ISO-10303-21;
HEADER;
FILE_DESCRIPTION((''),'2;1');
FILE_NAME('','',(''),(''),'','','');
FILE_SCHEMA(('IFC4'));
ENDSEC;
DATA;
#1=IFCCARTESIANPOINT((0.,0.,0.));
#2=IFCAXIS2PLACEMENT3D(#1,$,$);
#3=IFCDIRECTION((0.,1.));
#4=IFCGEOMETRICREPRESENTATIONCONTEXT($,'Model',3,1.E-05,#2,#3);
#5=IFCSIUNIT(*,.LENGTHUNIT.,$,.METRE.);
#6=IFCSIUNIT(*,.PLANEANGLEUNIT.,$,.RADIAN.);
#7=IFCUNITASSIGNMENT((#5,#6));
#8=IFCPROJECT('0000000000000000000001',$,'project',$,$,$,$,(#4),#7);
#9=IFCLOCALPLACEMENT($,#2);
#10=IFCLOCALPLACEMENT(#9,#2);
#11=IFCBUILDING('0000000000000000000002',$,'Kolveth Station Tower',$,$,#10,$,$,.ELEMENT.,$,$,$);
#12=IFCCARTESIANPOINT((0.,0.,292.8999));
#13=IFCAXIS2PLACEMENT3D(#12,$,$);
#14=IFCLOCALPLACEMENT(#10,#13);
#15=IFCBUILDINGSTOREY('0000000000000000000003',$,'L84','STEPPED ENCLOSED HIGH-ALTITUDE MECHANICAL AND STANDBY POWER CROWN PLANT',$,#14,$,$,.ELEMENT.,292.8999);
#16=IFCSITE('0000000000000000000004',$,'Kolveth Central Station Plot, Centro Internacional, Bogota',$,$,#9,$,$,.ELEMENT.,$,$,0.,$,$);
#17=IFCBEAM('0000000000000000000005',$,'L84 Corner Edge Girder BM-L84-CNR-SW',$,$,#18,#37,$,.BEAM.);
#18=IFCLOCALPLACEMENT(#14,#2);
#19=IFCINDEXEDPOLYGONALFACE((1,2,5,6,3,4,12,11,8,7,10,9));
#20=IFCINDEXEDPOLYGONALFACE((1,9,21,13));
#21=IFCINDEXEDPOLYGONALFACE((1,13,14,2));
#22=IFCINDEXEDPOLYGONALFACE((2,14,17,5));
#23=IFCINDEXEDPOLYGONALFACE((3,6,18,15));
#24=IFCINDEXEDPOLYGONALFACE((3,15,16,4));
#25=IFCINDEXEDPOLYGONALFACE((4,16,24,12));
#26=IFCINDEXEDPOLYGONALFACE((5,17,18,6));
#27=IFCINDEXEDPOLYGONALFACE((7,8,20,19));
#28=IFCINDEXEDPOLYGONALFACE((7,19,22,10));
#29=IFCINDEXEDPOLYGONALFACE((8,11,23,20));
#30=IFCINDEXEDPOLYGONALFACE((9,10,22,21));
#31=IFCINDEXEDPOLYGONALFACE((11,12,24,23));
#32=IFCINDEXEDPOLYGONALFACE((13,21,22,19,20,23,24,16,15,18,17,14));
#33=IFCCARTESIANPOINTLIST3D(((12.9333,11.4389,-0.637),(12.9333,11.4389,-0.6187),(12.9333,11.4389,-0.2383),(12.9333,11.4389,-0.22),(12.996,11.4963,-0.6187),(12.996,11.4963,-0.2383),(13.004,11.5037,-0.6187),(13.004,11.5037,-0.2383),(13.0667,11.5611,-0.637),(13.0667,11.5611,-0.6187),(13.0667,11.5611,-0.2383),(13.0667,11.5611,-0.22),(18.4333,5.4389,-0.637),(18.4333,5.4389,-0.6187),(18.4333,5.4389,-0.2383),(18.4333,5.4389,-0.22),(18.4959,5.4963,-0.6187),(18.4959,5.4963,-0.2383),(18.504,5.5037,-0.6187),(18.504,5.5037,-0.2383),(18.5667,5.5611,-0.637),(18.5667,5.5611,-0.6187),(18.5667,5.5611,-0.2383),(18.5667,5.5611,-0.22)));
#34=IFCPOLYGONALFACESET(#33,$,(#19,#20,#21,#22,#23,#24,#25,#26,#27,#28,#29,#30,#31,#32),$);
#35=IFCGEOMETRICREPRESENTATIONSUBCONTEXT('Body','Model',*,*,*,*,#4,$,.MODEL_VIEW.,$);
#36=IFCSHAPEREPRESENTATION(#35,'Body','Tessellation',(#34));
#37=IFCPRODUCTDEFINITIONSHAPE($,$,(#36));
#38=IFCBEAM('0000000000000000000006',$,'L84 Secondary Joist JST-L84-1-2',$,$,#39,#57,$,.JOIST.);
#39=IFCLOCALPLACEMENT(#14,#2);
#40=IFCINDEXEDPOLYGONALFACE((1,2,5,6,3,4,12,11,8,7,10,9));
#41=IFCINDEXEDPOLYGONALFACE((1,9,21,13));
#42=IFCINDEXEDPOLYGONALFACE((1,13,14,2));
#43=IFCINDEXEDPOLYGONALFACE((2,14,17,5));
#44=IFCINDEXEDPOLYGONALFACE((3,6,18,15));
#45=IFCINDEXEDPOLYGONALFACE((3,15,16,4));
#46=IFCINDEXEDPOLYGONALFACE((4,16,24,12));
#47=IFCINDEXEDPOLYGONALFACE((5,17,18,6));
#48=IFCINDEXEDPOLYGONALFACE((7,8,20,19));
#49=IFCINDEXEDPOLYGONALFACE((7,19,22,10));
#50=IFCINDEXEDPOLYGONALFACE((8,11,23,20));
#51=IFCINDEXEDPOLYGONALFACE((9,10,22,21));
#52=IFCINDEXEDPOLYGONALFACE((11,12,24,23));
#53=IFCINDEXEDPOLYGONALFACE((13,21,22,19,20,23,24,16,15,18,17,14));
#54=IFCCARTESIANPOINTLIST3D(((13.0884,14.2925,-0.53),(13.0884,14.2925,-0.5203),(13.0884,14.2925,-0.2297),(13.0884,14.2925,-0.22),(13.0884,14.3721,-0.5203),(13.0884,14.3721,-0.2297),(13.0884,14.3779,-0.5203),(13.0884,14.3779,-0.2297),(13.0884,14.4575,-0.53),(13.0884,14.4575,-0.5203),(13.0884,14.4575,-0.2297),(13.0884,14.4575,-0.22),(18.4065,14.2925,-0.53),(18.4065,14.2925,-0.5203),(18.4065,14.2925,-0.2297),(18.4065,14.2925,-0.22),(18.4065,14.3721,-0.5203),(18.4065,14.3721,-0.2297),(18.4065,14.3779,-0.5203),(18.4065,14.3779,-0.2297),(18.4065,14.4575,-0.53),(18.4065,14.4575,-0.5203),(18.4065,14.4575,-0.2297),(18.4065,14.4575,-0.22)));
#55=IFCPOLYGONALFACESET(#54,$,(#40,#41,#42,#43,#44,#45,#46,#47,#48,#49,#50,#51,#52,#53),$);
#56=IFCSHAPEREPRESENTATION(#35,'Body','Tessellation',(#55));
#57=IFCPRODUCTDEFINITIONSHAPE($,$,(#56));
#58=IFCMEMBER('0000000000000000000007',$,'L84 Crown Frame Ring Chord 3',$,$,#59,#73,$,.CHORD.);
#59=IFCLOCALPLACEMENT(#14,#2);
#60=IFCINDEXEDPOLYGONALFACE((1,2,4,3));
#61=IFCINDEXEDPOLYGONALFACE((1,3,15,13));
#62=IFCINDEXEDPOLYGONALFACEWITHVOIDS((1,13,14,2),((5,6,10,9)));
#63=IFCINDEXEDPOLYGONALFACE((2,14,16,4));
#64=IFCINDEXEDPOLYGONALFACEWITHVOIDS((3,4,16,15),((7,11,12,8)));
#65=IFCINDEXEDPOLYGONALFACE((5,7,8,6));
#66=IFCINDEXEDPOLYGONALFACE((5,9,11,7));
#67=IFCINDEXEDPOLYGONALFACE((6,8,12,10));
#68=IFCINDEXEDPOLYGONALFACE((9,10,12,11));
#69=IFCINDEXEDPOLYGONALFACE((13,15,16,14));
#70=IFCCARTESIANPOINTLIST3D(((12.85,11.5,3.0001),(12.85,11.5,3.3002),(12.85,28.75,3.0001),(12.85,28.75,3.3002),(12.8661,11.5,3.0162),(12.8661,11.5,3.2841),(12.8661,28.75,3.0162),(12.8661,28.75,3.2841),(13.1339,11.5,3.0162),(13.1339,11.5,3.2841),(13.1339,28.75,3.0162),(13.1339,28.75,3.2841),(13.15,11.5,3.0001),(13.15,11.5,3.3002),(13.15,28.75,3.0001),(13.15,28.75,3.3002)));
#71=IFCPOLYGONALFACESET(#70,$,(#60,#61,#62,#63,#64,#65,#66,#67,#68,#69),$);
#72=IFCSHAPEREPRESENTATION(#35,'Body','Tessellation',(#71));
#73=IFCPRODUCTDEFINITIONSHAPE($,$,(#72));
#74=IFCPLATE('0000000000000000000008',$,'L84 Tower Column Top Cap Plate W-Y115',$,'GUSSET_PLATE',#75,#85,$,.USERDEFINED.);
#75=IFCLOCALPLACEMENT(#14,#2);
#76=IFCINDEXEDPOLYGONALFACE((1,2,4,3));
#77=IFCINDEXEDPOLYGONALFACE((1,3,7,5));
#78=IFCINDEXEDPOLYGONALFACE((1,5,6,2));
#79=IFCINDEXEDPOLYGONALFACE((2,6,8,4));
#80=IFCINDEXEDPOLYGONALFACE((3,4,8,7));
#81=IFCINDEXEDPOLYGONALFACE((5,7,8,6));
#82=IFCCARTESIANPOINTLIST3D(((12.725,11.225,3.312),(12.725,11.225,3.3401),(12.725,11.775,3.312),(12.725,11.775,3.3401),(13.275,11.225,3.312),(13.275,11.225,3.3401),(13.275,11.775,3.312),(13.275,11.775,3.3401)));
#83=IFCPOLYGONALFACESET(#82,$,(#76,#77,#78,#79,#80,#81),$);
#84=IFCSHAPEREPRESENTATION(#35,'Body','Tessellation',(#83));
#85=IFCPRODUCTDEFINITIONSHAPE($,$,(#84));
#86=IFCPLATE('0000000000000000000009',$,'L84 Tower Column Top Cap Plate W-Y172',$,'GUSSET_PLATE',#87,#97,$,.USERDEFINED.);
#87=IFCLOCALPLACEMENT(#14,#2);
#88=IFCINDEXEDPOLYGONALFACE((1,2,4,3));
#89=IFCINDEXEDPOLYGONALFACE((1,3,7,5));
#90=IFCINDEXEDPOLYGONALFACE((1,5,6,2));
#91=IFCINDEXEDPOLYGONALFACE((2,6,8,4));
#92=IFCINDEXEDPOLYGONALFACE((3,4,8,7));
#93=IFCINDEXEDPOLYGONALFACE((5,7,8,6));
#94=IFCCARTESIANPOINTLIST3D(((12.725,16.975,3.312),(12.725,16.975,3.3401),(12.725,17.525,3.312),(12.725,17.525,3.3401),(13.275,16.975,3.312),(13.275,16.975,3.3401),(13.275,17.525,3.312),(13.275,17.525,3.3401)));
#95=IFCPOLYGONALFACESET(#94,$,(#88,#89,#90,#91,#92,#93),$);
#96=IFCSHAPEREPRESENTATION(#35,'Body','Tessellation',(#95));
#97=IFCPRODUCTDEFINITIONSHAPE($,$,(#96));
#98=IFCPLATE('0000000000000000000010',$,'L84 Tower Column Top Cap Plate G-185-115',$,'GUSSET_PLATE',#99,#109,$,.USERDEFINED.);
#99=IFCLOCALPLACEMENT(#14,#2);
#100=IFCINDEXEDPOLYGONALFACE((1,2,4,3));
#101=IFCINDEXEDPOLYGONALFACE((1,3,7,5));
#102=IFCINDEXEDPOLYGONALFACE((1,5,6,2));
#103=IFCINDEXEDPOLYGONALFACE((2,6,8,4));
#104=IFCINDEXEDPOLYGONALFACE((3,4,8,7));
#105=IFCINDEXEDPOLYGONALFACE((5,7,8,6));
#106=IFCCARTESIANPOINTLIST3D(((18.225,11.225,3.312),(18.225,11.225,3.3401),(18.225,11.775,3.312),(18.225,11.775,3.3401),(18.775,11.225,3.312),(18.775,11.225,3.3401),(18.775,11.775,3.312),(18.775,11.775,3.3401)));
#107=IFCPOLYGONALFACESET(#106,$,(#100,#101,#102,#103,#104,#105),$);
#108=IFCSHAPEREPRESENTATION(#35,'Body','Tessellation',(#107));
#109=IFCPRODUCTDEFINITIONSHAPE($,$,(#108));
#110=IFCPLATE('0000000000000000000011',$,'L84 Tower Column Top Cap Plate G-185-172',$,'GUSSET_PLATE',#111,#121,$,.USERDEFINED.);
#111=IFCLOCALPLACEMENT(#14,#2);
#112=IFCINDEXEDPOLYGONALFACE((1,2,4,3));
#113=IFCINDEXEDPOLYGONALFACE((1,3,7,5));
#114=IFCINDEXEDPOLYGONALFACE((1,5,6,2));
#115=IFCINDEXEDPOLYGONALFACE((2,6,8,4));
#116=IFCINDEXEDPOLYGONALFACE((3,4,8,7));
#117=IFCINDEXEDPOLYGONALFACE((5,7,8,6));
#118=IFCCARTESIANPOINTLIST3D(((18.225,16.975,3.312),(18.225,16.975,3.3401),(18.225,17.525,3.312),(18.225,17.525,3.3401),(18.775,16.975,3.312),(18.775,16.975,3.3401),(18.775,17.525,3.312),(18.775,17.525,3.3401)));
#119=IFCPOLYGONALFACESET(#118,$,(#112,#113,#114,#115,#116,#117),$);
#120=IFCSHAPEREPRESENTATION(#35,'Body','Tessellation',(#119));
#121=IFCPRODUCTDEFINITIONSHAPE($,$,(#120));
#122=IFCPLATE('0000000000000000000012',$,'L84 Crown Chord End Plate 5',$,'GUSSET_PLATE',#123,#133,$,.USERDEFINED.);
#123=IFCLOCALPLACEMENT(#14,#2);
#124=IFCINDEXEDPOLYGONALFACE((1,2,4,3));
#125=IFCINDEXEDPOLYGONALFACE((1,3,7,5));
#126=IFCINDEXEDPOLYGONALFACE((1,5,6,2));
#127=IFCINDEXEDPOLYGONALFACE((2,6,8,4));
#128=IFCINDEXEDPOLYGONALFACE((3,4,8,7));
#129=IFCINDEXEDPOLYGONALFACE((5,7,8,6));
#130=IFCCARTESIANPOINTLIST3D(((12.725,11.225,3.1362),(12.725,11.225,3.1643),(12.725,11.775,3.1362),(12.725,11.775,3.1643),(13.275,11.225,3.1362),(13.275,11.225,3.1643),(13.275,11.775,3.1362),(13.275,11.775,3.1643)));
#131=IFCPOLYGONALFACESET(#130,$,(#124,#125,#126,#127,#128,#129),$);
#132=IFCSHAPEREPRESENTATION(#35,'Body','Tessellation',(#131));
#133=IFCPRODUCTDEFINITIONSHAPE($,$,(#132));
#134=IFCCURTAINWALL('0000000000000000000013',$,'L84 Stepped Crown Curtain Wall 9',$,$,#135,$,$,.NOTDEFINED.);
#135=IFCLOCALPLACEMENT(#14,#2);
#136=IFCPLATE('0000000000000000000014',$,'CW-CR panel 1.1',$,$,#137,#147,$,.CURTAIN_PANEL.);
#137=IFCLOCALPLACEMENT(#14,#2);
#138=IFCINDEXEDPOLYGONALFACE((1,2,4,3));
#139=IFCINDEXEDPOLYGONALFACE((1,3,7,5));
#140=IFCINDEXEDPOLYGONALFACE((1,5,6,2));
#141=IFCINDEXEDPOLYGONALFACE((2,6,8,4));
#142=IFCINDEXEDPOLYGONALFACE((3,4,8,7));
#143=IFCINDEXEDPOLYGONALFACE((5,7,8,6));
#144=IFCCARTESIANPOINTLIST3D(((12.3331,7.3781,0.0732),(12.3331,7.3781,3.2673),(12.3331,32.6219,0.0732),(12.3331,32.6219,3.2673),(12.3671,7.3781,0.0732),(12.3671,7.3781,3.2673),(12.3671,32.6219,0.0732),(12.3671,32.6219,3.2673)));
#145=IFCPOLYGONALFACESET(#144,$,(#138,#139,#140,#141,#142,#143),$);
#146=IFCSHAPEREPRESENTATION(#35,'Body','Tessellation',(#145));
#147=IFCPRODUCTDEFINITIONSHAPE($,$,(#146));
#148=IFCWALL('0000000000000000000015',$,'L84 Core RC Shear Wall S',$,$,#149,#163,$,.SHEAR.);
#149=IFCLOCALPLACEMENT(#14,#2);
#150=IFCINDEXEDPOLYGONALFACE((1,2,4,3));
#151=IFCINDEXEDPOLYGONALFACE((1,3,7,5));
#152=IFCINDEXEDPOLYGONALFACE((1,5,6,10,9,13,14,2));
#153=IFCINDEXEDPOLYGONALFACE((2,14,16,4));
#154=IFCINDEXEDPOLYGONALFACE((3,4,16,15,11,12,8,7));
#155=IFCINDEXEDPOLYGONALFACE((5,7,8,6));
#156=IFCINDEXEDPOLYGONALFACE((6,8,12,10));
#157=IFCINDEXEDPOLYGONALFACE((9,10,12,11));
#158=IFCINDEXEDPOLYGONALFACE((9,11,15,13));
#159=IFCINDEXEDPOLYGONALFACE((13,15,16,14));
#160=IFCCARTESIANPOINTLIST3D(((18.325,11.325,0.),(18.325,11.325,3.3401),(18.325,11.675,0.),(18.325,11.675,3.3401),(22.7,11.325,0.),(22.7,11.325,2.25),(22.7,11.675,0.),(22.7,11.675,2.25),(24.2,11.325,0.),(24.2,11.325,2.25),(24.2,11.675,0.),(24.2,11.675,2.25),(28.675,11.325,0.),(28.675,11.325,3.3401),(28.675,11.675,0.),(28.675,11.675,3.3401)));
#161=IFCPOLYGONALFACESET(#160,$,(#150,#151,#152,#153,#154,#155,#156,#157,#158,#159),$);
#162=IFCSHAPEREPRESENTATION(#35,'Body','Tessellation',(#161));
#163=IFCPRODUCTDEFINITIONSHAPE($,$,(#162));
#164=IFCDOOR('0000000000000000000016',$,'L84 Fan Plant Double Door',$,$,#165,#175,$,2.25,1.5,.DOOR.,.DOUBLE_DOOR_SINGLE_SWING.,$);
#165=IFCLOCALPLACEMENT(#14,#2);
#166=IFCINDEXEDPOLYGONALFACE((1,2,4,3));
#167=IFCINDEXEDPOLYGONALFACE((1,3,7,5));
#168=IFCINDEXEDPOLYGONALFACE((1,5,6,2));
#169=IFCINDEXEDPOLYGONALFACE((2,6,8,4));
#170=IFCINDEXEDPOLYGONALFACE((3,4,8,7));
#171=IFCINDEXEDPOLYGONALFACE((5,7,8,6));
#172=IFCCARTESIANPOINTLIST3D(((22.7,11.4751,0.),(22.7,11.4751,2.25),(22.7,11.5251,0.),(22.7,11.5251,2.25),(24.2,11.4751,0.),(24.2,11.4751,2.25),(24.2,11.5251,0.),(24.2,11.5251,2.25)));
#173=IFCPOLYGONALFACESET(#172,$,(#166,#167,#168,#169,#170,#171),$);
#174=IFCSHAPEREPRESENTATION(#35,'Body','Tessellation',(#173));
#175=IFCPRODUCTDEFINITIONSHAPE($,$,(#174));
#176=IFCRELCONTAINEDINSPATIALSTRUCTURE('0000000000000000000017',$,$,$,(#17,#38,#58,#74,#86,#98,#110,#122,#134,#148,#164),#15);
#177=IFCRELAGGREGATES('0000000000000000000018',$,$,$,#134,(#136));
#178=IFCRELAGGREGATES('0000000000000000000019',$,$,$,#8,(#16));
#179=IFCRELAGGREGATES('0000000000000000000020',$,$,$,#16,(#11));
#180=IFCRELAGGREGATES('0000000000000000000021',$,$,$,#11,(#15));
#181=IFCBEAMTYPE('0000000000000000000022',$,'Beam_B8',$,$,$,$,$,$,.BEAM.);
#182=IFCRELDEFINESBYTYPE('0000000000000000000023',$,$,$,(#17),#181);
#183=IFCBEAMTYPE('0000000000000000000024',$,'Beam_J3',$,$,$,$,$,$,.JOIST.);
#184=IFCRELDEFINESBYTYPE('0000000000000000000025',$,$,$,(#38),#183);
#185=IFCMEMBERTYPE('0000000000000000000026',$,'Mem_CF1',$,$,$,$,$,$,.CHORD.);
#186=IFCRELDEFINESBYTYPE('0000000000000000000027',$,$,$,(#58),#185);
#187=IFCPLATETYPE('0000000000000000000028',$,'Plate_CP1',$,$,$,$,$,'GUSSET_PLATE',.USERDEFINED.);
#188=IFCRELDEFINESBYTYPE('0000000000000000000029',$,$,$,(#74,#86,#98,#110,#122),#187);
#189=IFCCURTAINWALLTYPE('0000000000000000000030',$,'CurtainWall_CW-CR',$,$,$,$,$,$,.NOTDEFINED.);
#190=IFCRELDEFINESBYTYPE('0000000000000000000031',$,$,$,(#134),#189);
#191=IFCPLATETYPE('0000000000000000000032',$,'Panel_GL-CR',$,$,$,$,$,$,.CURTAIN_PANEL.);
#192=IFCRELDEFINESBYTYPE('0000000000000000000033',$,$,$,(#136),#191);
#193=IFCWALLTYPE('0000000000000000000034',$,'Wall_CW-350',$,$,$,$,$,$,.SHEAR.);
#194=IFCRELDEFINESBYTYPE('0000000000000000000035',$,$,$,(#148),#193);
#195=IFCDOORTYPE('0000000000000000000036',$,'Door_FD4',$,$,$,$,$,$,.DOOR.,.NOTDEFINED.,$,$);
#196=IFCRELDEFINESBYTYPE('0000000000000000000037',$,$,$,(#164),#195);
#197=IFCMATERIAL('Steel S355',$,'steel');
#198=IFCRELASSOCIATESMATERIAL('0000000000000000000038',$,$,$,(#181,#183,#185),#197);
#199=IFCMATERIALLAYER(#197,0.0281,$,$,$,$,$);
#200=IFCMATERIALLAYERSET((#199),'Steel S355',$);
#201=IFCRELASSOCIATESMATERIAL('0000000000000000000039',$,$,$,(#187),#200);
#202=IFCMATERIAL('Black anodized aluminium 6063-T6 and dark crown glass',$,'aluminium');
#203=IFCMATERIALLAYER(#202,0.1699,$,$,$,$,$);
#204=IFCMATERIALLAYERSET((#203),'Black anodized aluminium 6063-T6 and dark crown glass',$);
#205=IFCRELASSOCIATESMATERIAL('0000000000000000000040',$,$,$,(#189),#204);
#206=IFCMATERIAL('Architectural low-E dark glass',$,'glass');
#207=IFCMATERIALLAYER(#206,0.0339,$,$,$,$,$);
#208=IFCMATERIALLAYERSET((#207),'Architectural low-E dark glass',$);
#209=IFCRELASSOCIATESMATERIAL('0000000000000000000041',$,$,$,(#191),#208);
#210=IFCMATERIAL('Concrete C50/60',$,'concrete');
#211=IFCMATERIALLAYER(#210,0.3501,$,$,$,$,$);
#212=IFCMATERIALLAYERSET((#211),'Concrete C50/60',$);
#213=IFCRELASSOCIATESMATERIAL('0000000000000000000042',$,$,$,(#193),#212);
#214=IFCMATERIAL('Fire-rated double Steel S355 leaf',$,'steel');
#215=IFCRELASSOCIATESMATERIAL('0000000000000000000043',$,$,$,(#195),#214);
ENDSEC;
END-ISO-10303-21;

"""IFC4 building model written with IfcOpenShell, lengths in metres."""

from ifc_helpers import new_model, si_unit, direction, frame, frame_2d, origin, origin_2d, place, context, subcontext, project, spatial, rectangle, hollow_rectangle, i_section, extrude, source, transform, mapped, material, layer, layer_set, material_profile, profile_set, type_object, element, fill, aggregate, save


model = new_model("IFC4")

# Units and contexts
model_context = context("Model", 3, precision=1e-05, world=origin(), true_north=direction((0.0, 1.0)))
body_context = subcontext(model_context, "Body", "Model", "MODEL_VIEW")
ifc_project = project(units=[si_unit("LENGTHUNIT", "METRE"), si_unit("PLANEANGLEUNIT", "RADIAN")], contexts=[model_context])

# Site, building, storey
site_placement = place(None, origin())
site = spatial("IfcSite", under=ifc_project, at=site_placement, Name="Kolveth Central Station Plot, Centro Internacional, Bogota", CompositionType="ELEMENT", RefElevation=0.0)
building_placement = place(site_placement, origin())
building = spatial("IfcBuilding", under=site, at=building_placement, Name="Kolveth Station Tower", CompositionType="ELEMENT")
storey_placement = place(building_placement, frame((0.0, 0.0, 292.8999)))
storey = spatial("IfcBuildingStorey", under=building, at=storey_placement, Name="L84", Description="STEPPED ENCLOSED HIGH-ALTITUDE MECHANICAL AND STANDBY POWER CROWN PLANT", CompositionType="ELEMENT", Elevation=292.8999)

# Shared definitions
ifc_material_1 = material(Name="Steel S355", Category="steel")

# Beams
ifc_material_profile_1 = material_profile(ifc_material_1, i_section(OverallWidth=0.1809, OverallDepth=0.417, WebThickness=0.011, FlangeThickness=0.0183, at=origin_2d()), Name="W410x85")
ifc_profile_set_1 = profile_set([ifc_material_profile_1], Name="Steel S355")
beam_type_1 = type_object("IfcBeamType", Name="Beam_B8", PredefinedType="BEAM", material=ifc_profile_set_1)
ifc_material_profile_2 = material_profile(ifc_material_1, i_section(OverallWidth=0.165, OverallDepth=0.3101, WebThickness=0.0059, FlangeThickness=0.0098, at=origin_2d()), Name="W310x39")
ifc_profile_set_2 = profile_set([ifc_material_profile_2], Name="Steel S355")
beam_type_2 = type_object("IfcBeamType", Name="Beam_J3", PredefinedType="JOIST", material=ifc_profile_set_2)
shared_shape_1 = source(origin(), body_context, "Body", "SweptSolid", [
    extrude(i_section(OverallWidth=0.1809, OverallDepth=0.417, WebThickness=0.011, FlangeThickness=0.0183, at=origin_2d()), origin(), (0.0, 0.0, 1.0), 8.1394),
])
beam_1_placement = place(storey_placement, frame((13.0, 11.5, -0.4285), z_axis=(0.675725, -0.737154, 0.0), x_axis=(0.737154, 0.675725, 0.0)))
element("IfcBeam", 1, at=beam_1_placement, inside=storey, type_object=beam_type_1, Name="L84 Corner Edge Girder BM-L84-CNR-SW", PredefinedType="BEAM", context=body_context, shape_type="MappedRepresentation", body=[
    mapped(shared_shape_1, transform((0.0, 0.0, 0.0), x_axis=(1.0, 0.0, 0.0), y_axis=(0.0, 1.0, 0.0), z_axis=(0.0, 0.0, 1.0), scale=1.0)),
])
shared_shape_2 = source(origin(), body_context, "Body", "SweptSolid", [
    extrude(i_section(OverallWidth=0.165, OverallDepth=0.3101, WebThickness=0.0059, FlangeThickness=0.0098, at=origin_2d()), origin(), (0.0, 0.0, 1.0), 5.3181),
])
beam_2_placement = place(storey_placement, frame((13.0884, 14.375, -0.375), z_axis=(1.0, 0.0, 0.0), x_axis=(0.0, 1.0, 0.0)))
element("IfcBeam", 2, at=beam_2_placement, inside=storey, type_object=beam_type_2, Name="L84 Secondary Joist JST-L84-1-2", PredefinedType="JOIST", context=body_context, shape_type="MappedRepresentation", body=[
    mapped(shared_shape_2, transform((0.0, 0.0, 0.0), x_axis=(1.0, 0.0, 0.0), y_axis=(0.0, 1.0, 0.0), z_axis=(0.0, 0.0, 1.0), scale=1.0)),
])

# Member
ifc_material_profile_3 = material_profile(ifc_material_1, hollow_rectangle(XDim=0.3, YDim=0.3, WallThickness=0.0161, at=origin_2d()), Name="CROWN-HSS300x300x16")
ifc_profile_set_3 = profile_set([ifc_material_profile_3], Name="Steel S355")
member_type = type_object("IfcMemberType", Name="Mem_CF1", PredefinedType="CHORD", material=ifc_profile_set_3)
shared_shape_3 = source(origin(), body_context, "Body", "SweptSolid", [
    extrude(hollow_rectangle(XDim=0.3, YDim=0.3, WallThickness=0.0161, at=origin_2d()), origin(), (0.0, 0.0, 1.0), 17.25),
])
member_placement = place(storey_placement, frame((13.0, 11.5, 3.1501), z_axis=(0.0, 1.0, 0.0), x_axis=(-1.0, 0.0, 0.0)))
element("IfcMember", 3, at=member_placement, inside=storey, type_object=member_type, Name="L84 Crown Frame Ring Chord 3", PredefinedType="CHORD", context=body_context, shape_type="MappedRepresentation", body=[
    mapped(shared_shape_3, transform((0.0, 0.0, 0.0), x_axis=(1.0, 0.0, 0.0), y_axis=(0.0, 1.0, 0.0), z_axis=(0.0, 0.0, 1.0), scale=1.0)),
])

# Plates
ifc_layer_1 = layer(ifc_material_1, 0.0281)
ifc_layer_set_1 = layer_set([ifc_layer_1], Name="Steel S355")
plate_type_1 = type_object("IfcPlateType", Name="Plate_CP1", ElementType="GUSSET_PLATE", PredefinedType="USERDEFINED", material=ifc_layer_set_1)
shared_shape_4 = source(origin(), body_context, "Body", "SweptSolid", [
    extrude(rectangle(XDim=0.55, YDim=0.55, at=origin_2d()), origin(), (0.0, 0.0, 1.0), 0.0281),
])
for number, where, z_axis, x_axis, name in (
    (4, (13.0, 11.5, 3.312), (0.0, 0.0, 1.0), (1.0, 0.0, 0.0), "L84 Tower Column Top Cap Plate W-Y115"),
    (5, (13.0, 17.25, 3.312), (0.0, 0.0, 1.0), (1.0, 0.0, 0.0), "L84 Tower Column Top Cap Plate W-Y172"),
    (6, (18.5, 11.5, 3.312), (0.0, 0.0, 1.0), (1.0, 0.0, 0.0), "L84 Tower Column Top Cap Plate G-185-115"),
    (7, (18.5, 17.25, 3.312), (0.0, 0.0, 1.0), (1.0, 0.0, 0.0), "L84 Tower Column Top Cap Plate G-185-172"),
    (8, (13.0, 11.5, 3.1362), (0.0, 0.0, 1.0), (1.0, 0.0, 0.0), "L84 Crown Chord End Plate 5"),
):
    element("IfcPlate", number, at=place(storey_placement, frame(where, z_axis=z_axis, x_axis=x_axis)), inside=storey, type_object=plate_type_1, Name=name, ObjectType="GUSSET_PLATE", PredefinedType="USERDEFINED", context=body_context, shape_type="MappedRepresentation", body=[
        mapped(shared_shape_4, transform((0.0, 0.0, 0.0), x_axis=(1.0, 0.0, 0.0), y_axis=(0.0, 1.0, 0.0), z_axis=(0.0, 0.0, 1.0), scale=1.0)),
    ])

# Curtain wall, plate
ifc_material_2 = material(Name="Black anodized aluminium 6063-T6 and dark crown glass", Category="aluminium")
ifc_layer_2 = layer(ifc_material_2, 0.1699)
ifc_layer_set_2 = layer_set([ifc_layer_2], Name="Black anodized aluminium 6063-T6 and dark crown glass")
curtain_wall_type = type_object("IfcCurtainWallType", Name="CurtainWall_CW-CR", PredefinedType="NOTDEFINED", material=ifc_layer_set_2)
curtain_wall_placement = place(storey_placement, origin())
curtain_wall = element("IfcCurtainWall", 9, at=curtain_wall_placement, inside=storey, type_object=curtain_wall_type, Name="L84 Stepped Crown Curtain Wall 9", PredefinedType="NOTDEFINED")
ifc_material_3 = material(Name="Architectural low-E dark glass", Category="glass")
ifc_layer_3 = layer(ifc_material_3, 0.0339)
ifc_layer_set_3 = layer_set([ifc_layer_3], Name="Architectural low-E dark glass")
plate_type_2 = type_object("IfcPlateType", Name="Panel_GL-CR", PredefinedType="CURTAIN_PANEL", material=ifc_layer_set_3)
shared_shape_5 = source(origin(), body_context, "Body", "SweptSolid", [
    extrude(rectangle(XDim=25.2439, YDim=0.0339, at=origin_2d()), origin(), (0.0, 0.0, 1.0), 3.1941),
])
plate_placement = place(storey_placement, frame((12.3501, 20.0, 0.0732), z_axis=(0.0, 0.0, 1.0), x_axis=(0.0, -1.0, 0.0)))
plate = element("IfcPlate", 10, at=plate_placement, type_object=plate_type_2, Name="CW-CR panel 1.1", PredefinedType="CURTAIN_PANEL", context=body_context, shape_type="MappedRepresentation", body=[
    mapped(shared_shape_5, transform((0.0, 0.0, 0.0), x_axis=(1.0, 0.0, 0.0), y_axis=(0.0, 1.0, 0.0), z_axis=(0.0, 0.0, 1.0), scale=1.0)),
])
aggregate(curtain_wall, [plate])

# Wall, opening, door
ifc_material_4 = material(Name="Concrete C50/60", Category="concrete")
ifc_layer_4 = layer(ifc_material_4, 0.3501)
ifc_layer_set_4 = layer_set([ifc_layer_4], Name="Concrete C50/60")
wall_type_1 = type_object("IfcWallType", Name="Wall_CW-350", PredefinedType="SHEAR", material=ifc_layer_set_4)
wall_1_placement = place(storey_placement, frame((18.325, 11.5, 0.0), z_axis=(0.0, 0.0, 1.0), x_axis=(1.0, 0.0, 0.0)))
wall_1 = element("IfcWall", 11, at=wall_1_placement, inside=storey, type_object=wall_type_1, Name="L84 Core RC Shear Wall S", PredefinedType="SHEAR", context=body_context, shape_type="SweptSolid", body=[
    extrude(rectangle(XDim=10.3501, YDim=0.3501, at=frame_2d((5.175, 0.0))), origin(), (0.0, 0.0, 1.0), 3.3401),
])
opening_1_placement = place(wall_1_placement, frame((4.375, 0.0, 0.0)))
opening_1 = element("IfcOpeningElement", 12, at=opening_1_placement, cuts=wall_1, PredefinedType="OPENING", context=body_context, shape_type="SweptSolid", body=[
    extrude(rectangle(XDim=1.5, YDim=2.25, at=frame_2d((0.75, 1.125))), frame((0.0, 0.1851, 0.0), z_axis=(0.0, -1.0, 0.0), x_axis=(1.0, 0.0, 0.0)), (0.0, 0.0, 1.0), 0.3701),
])
ifc_material_5 = material(Name="Fire-rated double Steel S355 leaf", Category="steel")
door_type_1 = type_object("IfcDoorType", Name="Door_FD4", OperationType="NOTDEFINED", PredefinedType="DOOR", material=ifc_material_5)
door_1_placement = place(opening_1_placement, frame((1.5, 0.0, 0.0), z_axis=(0.0, 0.0, 1.0), x_axis=(-1.0, 0.0, 0.0)))
door_1 = element("IfcDoor", 13, at=door_1_placement, inside=storey, type_object=door_type_1, Name="L84 Fan Plant Double Door", OperationType="DOUBLE_DOOR_SINGLE_SWING", OverallHeight=2.25, OverallWidth=1.5, PredefinedType="DOOR", context=body_context, shape_type="SweptSolid", body=[
    extrude(rectangle(XDim=1.5, YDim=2.25, at=frame_2d((0.75, 1.125))), frame((0.0, 0.0249, 0.0), z_axis=(0.0, -1.0, 0.0), x_axis=(1.0, 0.0, 0.0)), (0.0, 0.0, 1.0), 0.05),
])
fill(opening_1, door_1)

save(model, "model.ifc")
